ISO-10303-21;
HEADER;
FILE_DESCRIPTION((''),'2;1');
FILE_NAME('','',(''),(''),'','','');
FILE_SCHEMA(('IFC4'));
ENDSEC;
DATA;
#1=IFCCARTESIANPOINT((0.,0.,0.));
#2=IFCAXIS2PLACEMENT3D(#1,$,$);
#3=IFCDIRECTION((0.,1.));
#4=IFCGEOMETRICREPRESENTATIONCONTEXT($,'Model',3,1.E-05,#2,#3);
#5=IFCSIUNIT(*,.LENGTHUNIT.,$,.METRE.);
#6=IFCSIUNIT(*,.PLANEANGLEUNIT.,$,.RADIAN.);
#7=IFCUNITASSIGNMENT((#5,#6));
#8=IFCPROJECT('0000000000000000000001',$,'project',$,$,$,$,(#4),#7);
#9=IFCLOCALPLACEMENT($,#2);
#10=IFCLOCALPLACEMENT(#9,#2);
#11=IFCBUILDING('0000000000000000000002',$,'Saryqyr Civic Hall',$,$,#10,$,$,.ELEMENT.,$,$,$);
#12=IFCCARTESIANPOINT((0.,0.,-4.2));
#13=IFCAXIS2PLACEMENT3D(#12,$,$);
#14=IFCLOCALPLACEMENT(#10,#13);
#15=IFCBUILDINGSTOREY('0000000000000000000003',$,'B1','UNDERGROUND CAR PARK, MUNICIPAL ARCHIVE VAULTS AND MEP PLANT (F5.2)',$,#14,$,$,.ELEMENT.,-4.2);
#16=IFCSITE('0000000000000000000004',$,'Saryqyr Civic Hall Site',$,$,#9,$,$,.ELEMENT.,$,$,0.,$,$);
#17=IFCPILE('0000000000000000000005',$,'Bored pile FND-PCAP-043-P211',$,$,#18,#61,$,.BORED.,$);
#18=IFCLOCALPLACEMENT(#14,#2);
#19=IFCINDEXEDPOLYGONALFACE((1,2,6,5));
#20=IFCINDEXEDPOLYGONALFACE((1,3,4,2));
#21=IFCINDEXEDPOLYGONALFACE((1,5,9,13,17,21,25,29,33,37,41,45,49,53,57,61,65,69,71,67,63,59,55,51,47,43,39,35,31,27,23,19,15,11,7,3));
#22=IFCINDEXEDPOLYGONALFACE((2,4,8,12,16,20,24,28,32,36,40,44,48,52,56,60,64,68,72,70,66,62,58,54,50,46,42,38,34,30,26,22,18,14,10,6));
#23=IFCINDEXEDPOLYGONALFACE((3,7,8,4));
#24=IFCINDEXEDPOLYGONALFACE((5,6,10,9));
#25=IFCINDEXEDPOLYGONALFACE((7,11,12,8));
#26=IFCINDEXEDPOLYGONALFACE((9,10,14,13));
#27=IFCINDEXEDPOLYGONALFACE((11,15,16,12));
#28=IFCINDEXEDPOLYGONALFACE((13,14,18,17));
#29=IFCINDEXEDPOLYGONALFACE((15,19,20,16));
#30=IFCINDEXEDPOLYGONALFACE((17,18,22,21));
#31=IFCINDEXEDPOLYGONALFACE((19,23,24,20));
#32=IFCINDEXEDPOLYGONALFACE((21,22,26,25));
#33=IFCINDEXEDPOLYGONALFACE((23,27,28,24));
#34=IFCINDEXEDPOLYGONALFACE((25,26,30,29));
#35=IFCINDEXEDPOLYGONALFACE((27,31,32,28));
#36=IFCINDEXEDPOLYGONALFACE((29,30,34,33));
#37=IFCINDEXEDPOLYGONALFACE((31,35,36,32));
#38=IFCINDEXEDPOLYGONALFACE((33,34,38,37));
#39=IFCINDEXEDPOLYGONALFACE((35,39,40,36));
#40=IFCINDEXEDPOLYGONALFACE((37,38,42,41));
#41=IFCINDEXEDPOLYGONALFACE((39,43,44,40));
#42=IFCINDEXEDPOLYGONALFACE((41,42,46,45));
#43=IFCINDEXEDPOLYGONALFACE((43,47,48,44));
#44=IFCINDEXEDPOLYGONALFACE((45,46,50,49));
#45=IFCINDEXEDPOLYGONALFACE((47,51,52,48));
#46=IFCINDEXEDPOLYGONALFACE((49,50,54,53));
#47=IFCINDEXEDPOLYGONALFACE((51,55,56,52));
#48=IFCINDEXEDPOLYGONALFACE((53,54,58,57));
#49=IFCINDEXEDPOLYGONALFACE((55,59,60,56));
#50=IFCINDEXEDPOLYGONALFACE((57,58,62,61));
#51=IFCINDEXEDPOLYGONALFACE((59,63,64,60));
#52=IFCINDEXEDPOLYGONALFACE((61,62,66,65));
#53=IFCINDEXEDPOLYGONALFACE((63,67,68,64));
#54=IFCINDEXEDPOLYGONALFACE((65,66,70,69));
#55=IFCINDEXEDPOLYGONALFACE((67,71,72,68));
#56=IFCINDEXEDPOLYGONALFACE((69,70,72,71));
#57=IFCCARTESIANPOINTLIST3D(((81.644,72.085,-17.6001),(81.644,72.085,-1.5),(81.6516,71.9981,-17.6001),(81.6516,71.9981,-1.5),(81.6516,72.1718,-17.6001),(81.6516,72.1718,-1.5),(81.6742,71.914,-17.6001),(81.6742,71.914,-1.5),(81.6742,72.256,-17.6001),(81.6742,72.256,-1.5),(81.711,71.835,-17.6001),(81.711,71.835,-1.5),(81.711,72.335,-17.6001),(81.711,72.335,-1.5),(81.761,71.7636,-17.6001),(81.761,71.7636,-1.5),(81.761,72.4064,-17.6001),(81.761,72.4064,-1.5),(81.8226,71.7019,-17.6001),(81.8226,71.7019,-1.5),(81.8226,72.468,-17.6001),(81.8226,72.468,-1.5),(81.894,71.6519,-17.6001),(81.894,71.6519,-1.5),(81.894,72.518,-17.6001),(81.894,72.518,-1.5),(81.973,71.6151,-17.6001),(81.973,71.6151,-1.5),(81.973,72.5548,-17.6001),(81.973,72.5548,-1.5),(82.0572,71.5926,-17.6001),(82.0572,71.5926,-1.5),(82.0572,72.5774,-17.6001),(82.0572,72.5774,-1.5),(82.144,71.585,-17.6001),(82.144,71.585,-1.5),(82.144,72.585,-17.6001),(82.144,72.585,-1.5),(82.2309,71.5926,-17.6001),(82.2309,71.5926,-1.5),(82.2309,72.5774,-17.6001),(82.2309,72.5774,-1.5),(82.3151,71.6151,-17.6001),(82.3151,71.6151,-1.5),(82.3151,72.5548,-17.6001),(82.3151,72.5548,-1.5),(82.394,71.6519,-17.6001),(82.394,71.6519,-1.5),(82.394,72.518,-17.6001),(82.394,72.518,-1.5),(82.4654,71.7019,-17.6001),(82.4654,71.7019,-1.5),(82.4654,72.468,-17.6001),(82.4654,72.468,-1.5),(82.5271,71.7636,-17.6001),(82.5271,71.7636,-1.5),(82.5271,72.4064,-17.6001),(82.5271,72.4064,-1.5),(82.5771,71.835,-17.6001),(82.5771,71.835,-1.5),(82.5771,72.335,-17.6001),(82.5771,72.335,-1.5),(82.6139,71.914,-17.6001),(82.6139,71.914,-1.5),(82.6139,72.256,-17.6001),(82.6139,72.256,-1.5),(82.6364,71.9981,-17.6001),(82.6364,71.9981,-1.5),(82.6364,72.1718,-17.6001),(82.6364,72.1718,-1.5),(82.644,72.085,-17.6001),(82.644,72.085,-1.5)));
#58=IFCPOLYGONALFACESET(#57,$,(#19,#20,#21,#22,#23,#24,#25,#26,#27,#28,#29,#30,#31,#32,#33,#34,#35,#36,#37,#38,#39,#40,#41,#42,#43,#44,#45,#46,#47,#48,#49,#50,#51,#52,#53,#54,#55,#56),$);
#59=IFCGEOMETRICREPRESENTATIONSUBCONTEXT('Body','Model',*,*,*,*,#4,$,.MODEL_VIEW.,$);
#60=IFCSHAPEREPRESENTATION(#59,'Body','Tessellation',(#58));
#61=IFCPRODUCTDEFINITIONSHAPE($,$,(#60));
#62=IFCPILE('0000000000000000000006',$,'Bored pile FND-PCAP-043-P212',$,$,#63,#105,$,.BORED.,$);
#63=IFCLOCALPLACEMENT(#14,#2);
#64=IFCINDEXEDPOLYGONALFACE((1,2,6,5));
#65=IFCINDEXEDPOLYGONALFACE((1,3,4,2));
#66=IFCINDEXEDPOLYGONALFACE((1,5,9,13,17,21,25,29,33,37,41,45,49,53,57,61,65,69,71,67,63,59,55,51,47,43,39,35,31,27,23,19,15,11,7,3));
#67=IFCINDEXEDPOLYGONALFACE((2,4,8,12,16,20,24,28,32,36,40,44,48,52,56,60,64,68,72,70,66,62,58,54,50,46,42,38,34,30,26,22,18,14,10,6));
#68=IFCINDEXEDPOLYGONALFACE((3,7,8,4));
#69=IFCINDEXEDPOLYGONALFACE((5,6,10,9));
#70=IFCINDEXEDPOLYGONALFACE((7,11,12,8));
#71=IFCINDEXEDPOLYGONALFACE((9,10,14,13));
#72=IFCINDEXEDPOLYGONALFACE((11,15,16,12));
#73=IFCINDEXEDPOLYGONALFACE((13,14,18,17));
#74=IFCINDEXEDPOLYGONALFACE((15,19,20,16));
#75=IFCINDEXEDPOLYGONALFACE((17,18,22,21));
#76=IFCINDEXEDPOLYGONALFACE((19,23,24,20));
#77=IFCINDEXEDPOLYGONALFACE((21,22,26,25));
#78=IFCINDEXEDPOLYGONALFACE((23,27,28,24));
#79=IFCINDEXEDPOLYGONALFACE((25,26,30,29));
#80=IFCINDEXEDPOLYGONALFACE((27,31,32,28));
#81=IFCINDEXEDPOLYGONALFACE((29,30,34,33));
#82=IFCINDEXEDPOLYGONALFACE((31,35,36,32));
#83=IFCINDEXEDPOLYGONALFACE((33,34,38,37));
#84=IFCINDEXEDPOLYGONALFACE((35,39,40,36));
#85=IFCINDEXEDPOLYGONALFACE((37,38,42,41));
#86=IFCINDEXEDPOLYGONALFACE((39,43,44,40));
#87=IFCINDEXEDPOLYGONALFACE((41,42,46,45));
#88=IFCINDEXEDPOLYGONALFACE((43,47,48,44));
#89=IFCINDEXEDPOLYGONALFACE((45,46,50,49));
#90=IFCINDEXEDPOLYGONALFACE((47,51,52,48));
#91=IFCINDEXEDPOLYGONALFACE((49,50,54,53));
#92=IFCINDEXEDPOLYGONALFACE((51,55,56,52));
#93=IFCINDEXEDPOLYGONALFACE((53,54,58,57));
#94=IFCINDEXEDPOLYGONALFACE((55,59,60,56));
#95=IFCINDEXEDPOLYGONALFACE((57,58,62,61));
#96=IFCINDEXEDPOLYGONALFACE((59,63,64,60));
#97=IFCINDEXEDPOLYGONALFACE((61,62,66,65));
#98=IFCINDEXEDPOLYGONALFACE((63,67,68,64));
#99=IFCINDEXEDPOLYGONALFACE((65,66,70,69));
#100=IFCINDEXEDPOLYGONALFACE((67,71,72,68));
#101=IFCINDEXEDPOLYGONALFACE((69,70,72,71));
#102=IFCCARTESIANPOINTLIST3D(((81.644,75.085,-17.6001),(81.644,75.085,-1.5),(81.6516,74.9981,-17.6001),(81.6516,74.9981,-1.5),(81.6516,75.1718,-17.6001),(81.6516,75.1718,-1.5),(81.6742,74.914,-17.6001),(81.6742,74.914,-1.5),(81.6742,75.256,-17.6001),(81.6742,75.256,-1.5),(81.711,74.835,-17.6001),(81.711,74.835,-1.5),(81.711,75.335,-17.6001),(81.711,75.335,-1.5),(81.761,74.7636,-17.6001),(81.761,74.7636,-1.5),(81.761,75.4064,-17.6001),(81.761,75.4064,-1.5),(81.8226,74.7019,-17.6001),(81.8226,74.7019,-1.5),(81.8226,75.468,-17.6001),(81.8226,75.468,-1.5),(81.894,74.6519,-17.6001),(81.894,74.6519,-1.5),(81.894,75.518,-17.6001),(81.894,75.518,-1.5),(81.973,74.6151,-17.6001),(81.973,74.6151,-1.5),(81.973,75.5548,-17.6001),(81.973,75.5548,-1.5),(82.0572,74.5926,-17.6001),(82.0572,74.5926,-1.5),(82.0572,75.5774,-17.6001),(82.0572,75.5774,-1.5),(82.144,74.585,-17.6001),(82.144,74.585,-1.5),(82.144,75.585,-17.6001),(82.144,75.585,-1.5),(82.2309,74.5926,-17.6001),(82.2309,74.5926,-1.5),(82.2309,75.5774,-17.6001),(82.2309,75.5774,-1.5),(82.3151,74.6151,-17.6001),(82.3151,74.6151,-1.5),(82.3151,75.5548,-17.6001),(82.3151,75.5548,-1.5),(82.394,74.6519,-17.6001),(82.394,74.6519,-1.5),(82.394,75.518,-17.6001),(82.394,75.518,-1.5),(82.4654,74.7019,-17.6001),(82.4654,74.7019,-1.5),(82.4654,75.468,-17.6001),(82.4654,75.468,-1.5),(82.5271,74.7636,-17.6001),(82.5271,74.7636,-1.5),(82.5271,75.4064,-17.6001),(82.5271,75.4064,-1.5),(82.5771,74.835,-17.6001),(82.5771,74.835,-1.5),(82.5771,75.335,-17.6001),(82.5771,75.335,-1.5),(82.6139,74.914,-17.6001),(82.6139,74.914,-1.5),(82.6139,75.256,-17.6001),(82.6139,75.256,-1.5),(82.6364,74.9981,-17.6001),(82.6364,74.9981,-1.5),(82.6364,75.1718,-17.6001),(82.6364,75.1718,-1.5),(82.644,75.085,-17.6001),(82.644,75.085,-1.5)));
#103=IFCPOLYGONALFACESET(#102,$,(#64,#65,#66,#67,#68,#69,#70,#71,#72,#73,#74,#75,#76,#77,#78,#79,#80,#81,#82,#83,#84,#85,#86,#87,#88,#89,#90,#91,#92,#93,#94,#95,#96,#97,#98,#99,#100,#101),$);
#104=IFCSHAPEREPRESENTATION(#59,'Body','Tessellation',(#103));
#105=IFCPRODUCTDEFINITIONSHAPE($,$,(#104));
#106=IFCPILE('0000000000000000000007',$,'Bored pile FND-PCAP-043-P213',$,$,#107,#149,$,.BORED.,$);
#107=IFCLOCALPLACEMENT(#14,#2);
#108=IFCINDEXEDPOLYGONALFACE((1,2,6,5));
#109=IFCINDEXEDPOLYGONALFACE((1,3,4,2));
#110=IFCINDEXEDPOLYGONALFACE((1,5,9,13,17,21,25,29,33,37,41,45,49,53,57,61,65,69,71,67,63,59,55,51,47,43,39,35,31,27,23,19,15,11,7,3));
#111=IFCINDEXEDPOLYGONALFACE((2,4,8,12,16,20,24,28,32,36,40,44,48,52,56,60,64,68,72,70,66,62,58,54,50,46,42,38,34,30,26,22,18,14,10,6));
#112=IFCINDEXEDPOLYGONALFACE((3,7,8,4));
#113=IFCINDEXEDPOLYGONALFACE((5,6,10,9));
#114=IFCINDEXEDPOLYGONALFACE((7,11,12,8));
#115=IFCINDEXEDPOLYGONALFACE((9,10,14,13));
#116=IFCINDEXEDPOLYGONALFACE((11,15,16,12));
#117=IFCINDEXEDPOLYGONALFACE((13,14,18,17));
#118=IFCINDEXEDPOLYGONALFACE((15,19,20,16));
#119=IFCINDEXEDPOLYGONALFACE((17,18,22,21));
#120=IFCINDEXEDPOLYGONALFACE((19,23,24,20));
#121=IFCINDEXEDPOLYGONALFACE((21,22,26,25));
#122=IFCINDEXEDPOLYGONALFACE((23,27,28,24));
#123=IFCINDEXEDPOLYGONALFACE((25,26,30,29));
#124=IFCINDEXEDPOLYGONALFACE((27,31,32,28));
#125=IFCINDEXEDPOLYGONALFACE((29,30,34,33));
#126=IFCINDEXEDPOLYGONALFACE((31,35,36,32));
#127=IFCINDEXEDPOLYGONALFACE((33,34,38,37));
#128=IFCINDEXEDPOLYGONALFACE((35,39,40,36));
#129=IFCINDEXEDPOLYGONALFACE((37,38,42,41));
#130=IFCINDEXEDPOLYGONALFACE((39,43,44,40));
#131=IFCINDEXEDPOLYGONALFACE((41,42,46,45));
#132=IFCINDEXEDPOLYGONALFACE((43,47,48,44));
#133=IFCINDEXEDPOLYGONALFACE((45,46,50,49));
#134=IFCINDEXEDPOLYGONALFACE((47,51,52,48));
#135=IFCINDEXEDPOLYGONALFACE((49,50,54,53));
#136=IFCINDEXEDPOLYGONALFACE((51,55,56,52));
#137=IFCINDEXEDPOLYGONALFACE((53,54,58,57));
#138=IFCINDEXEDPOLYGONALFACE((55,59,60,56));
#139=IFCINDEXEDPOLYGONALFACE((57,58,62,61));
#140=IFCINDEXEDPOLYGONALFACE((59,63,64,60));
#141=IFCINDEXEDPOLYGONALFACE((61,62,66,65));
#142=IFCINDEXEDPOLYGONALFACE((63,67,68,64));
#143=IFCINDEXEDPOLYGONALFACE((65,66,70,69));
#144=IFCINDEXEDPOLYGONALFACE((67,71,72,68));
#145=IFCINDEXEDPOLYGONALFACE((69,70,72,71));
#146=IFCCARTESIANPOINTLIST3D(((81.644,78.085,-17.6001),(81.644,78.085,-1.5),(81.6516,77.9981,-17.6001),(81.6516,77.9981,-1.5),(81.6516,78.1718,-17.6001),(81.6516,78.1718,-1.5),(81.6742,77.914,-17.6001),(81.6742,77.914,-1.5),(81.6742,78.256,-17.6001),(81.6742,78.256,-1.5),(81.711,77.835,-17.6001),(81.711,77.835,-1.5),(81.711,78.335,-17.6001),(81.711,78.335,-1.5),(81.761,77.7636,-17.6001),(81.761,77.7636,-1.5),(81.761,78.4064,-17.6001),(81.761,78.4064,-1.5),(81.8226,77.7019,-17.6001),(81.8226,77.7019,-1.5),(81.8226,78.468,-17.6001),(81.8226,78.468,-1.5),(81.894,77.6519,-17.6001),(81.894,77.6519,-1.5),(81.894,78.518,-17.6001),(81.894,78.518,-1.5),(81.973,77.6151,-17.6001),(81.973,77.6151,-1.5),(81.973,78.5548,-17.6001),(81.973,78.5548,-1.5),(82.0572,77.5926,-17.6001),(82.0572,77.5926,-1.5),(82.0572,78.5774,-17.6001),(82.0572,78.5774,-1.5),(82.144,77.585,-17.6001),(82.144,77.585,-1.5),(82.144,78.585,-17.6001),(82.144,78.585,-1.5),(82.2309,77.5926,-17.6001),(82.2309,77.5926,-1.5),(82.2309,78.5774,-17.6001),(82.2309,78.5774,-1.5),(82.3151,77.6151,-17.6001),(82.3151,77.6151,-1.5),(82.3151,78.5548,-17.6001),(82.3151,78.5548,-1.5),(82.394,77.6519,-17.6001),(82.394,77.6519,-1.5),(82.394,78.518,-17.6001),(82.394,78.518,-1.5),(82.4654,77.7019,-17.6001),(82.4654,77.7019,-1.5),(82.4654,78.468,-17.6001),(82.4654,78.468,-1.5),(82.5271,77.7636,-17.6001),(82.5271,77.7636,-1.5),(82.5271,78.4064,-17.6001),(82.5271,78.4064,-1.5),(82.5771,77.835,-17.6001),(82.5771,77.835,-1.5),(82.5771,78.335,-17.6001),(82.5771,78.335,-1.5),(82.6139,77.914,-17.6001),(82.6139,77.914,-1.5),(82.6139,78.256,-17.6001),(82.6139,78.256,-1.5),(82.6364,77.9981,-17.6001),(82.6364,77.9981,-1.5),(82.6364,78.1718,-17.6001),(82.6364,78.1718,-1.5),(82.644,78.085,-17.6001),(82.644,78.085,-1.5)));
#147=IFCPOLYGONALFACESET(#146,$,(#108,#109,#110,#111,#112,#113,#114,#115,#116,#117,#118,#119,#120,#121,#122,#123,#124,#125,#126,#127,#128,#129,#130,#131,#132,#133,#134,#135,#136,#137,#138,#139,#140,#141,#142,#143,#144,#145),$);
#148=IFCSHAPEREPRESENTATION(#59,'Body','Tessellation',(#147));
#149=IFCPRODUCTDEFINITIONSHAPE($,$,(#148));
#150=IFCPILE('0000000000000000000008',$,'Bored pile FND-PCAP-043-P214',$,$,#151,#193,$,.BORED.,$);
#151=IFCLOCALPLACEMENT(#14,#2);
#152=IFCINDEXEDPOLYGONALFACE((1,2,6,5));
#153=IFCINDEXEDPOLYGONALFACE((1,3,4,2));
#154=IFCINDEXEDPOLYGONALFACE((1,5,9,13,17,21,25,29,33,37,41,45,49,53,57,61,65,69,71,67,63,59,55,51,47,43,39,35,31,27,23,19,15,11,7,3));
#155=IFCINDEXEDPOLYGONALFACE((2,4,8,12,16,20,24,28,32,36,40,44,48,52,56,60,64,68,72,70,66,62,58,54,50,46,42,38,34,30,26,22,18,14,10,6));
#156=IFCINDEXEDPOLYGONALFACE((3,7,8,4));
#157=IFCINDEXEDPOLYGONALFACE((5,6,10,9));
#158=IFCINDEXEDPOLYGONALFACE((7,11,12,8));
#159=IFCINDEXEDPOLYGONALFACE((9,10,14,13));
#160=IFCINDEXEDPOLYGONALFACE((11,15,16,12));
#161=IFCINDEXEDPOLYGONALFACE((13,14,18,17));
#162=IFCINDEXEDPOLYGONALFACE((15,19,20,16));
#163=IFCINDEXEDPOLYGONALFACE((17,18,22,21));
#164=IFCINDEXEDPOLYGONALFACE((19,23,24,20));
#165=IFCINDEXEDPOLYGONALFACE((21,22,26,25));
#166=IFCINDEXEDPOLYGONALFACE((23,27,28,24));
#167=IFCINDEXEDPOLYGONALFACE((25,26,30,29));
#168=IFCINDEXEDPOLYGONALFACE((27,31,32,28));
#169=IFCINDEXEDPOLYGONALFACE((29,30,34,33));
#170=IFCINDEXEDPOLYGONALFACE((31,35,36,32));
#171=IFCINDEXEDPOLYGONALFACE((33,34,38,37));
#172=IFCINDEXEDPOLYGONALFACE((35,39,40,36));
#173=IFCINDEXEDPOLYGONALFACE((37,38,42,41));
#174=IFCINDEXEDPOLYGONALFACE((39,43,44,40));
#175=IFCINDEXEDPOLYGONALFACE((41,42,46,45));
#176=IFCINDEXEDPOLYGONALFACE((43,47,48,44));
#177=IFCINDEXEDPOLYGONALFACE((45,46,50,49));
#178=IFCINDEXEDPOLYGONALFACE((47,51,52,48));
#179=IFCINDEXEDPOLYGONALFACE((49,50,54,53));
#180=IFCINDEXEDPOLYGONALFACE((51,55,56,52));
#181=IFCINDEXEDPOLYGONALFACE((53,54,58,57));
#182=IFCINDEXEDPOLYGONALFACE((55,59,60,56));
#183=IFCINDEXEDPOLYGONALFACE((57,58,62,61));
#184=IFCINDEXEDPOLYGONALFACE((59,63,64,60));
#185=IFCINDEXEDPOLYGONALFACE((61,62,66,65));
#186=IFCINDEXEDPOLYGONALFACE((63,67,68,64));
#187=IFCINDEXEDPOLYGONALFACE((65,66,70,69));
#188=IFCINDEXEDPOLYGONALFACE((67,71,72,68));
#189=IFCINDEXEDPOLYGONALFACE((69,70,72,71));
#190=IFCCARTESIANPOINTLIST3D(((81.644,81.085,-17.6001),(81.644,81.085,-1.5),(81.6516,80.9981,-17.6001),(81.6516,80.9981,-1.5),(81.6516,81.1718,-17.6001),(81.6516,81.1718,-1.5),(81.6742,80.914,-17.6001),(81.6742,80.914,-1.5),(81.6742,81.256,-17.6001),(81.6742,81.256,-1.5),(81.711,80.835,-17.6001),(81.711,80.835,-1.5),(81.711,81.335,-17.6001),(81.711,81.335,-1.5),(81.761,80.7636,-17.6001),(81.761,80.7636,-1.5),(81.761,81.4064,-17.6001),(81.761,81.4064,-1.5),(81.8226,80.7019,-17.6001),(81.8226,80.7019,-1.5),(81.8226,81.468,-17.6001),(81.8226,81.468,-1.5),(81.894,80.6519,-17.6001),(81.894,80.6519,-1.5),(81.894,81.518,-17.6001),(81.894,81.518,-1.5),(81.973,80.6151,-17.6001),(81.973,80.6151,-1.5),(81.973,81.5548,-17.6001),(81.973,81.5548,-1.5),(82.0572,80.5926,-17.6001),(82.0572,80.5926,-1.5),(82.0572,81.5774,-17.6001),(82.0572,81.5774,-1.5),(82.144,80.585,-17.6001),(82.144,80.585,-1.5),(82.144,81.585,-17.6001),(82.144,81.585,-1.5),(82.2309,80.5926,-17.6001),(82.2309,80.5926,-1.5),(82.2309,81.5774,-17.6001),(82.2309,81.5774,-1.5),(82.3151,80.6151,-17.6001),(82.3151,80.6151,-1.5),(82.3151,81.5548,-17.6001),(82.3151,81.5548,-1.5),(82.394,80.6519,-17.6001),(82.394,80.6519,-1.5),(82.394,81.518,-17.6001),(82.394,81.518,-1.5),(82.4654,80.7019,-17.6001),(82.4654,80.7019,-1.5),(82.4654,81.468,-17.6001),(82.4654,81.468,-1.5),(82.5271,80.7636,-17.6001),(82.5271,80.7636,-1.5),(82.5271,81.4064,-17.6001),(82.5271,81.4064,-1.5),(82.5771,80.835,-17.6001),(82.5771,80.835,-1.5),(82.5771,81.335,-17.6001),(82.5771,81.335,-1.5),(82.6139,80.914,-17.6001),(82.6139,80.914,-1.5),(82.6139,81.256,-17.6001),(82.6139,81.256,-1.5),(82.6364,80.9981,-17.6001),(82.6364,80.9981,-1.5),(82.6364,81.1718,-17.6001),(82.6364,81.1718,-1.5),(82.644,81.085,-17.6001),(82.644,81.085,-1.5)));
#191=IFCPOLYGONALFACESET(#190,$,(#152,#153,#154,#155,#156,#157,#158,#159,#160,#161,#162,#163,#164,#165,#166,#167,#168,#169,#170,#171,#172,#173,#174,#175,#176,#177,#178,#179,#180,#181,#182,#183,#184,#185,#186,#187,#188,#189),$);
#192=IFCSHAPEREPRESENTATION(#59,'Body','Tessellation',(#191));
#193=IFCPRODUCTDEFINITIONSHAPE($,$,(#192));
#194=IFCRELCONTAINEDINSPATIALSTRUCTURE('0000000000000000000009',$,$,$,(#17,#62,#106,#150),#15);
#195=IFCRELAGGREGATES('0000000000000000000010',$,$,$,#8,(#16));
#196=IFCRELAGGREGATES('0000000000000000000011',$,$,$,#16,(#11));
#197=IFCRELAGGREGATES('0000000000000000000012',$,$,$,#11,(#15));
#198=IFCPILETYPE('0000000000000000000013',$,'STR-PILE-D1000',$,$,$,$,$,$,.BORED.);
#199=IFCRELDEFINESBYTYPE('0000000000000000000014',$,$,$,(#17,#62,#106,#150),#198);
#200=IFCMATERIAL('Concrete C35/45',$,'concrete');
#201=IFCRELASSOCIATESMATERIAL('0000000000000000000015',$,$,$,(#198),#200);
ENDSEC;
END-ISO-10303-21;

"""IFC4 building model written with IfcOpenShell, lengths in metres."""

from ifc_helpers import new_model, si_unit, direction, frame, origin, origin_2d, place, context, subcontext, project, spatial, circle, extrude, material, material_profile, profile_set, type_object, element, save


model = new_model("IFC4")

# Units and contexts
model_context = context("Model", 3, precision=1e-05, world=origin(), true_north=direction((0.0, 1.0)))
body_context = subcontext(model_context, "Body", "Model", "MODEL_VIEW")
ifc_project = project(units=[si_unit("LENGTHUNIT", "METRE"), si_unit("PLANEANGLEUNIT", "RADIAN")], contexts=[model_context])

# Site, building, storey
site_placement = place(None, origin())
site = spatial("IfcSite", under=ifc_project, at=site_placement, Name="Saryqyr Civic Hall Site", CompositionType="ELEMENT", RefElevation=0.0)
building_placement = place(site_placement, origin())
building = spatial("IfcBuilding", under=site, at=building_placement, Name="Saryqyr Civic Hall", CompositionType="ELEMENT")
storey_placement = place(building_placement, frame((0.0, 0.0, -4.2)))
storey = spatial("IfcBuildingStorey", under=building, at=storey_placement, Name="B1", Description="UNDERGROUND CAR PARK, MUNICIPAL ARCHIVE VAULTS AND MEP PLANT (F5.2)", CompositionType="ELEMENT", Elevation=-4.2)

# Piles
ifc_material_1 = material(Name="Concrete C35/45", Category="concrete")
ifc_material_profile_1 = material_profile(ifc_material_1, circle(Radius=0.5, at=origin_2d()), Name="BORED PILE D1000")
ifc_profile_set_1 = profile_set([ifc_material_profile_1], Name="Concrete C35/45")
pile_type = type_object("IfcPileType", Name="STR-PILE-D1000", PredefinedType="BORED", material=ifc_profile_set_1)
for number, where, z_axis, x_axis, name in (
    (1, (82.144, 72.085, -1.5), (0.0, 0.0, -1.0), (1.0, 0.0, 0.0), "Bored pile FND-PCAP-043-P211"),
    (2, (82.144, 75.085, -1.5), (0.0, 0.0, -1.0), (1.0, 0.0, 0.0), "Bored pile FND-PCAP-043-P212"),
    (3, (82.144, 78.085, -1.5), (0.0, 0.0, -1.0), (1.0, 0.0, 0.0), "Bored pile FND-PCAP-043-P213"),
    (4, (82.144, 81.085, -1.5), (0.0, 0.0, -1.0), (1.0, 0.0, 0.0), "Bored pile FND-PCAP-043-P214"),
):
    element("IfcPile", number, at=place(storey_placement, frame(where, z_axis=z_axis, x_axis=x_axis)), inside=storey, type_object=pile_type, Name=name, PredefinedType="BORED", context=body_context, shape_type="SweptSolid", body=[
        extrude(circle(Radius=0.5, at=origin_2d()), origin(), (0.0, 0.0, 1.0), 16.1001),
    ])

save(model, "model.ifc")
